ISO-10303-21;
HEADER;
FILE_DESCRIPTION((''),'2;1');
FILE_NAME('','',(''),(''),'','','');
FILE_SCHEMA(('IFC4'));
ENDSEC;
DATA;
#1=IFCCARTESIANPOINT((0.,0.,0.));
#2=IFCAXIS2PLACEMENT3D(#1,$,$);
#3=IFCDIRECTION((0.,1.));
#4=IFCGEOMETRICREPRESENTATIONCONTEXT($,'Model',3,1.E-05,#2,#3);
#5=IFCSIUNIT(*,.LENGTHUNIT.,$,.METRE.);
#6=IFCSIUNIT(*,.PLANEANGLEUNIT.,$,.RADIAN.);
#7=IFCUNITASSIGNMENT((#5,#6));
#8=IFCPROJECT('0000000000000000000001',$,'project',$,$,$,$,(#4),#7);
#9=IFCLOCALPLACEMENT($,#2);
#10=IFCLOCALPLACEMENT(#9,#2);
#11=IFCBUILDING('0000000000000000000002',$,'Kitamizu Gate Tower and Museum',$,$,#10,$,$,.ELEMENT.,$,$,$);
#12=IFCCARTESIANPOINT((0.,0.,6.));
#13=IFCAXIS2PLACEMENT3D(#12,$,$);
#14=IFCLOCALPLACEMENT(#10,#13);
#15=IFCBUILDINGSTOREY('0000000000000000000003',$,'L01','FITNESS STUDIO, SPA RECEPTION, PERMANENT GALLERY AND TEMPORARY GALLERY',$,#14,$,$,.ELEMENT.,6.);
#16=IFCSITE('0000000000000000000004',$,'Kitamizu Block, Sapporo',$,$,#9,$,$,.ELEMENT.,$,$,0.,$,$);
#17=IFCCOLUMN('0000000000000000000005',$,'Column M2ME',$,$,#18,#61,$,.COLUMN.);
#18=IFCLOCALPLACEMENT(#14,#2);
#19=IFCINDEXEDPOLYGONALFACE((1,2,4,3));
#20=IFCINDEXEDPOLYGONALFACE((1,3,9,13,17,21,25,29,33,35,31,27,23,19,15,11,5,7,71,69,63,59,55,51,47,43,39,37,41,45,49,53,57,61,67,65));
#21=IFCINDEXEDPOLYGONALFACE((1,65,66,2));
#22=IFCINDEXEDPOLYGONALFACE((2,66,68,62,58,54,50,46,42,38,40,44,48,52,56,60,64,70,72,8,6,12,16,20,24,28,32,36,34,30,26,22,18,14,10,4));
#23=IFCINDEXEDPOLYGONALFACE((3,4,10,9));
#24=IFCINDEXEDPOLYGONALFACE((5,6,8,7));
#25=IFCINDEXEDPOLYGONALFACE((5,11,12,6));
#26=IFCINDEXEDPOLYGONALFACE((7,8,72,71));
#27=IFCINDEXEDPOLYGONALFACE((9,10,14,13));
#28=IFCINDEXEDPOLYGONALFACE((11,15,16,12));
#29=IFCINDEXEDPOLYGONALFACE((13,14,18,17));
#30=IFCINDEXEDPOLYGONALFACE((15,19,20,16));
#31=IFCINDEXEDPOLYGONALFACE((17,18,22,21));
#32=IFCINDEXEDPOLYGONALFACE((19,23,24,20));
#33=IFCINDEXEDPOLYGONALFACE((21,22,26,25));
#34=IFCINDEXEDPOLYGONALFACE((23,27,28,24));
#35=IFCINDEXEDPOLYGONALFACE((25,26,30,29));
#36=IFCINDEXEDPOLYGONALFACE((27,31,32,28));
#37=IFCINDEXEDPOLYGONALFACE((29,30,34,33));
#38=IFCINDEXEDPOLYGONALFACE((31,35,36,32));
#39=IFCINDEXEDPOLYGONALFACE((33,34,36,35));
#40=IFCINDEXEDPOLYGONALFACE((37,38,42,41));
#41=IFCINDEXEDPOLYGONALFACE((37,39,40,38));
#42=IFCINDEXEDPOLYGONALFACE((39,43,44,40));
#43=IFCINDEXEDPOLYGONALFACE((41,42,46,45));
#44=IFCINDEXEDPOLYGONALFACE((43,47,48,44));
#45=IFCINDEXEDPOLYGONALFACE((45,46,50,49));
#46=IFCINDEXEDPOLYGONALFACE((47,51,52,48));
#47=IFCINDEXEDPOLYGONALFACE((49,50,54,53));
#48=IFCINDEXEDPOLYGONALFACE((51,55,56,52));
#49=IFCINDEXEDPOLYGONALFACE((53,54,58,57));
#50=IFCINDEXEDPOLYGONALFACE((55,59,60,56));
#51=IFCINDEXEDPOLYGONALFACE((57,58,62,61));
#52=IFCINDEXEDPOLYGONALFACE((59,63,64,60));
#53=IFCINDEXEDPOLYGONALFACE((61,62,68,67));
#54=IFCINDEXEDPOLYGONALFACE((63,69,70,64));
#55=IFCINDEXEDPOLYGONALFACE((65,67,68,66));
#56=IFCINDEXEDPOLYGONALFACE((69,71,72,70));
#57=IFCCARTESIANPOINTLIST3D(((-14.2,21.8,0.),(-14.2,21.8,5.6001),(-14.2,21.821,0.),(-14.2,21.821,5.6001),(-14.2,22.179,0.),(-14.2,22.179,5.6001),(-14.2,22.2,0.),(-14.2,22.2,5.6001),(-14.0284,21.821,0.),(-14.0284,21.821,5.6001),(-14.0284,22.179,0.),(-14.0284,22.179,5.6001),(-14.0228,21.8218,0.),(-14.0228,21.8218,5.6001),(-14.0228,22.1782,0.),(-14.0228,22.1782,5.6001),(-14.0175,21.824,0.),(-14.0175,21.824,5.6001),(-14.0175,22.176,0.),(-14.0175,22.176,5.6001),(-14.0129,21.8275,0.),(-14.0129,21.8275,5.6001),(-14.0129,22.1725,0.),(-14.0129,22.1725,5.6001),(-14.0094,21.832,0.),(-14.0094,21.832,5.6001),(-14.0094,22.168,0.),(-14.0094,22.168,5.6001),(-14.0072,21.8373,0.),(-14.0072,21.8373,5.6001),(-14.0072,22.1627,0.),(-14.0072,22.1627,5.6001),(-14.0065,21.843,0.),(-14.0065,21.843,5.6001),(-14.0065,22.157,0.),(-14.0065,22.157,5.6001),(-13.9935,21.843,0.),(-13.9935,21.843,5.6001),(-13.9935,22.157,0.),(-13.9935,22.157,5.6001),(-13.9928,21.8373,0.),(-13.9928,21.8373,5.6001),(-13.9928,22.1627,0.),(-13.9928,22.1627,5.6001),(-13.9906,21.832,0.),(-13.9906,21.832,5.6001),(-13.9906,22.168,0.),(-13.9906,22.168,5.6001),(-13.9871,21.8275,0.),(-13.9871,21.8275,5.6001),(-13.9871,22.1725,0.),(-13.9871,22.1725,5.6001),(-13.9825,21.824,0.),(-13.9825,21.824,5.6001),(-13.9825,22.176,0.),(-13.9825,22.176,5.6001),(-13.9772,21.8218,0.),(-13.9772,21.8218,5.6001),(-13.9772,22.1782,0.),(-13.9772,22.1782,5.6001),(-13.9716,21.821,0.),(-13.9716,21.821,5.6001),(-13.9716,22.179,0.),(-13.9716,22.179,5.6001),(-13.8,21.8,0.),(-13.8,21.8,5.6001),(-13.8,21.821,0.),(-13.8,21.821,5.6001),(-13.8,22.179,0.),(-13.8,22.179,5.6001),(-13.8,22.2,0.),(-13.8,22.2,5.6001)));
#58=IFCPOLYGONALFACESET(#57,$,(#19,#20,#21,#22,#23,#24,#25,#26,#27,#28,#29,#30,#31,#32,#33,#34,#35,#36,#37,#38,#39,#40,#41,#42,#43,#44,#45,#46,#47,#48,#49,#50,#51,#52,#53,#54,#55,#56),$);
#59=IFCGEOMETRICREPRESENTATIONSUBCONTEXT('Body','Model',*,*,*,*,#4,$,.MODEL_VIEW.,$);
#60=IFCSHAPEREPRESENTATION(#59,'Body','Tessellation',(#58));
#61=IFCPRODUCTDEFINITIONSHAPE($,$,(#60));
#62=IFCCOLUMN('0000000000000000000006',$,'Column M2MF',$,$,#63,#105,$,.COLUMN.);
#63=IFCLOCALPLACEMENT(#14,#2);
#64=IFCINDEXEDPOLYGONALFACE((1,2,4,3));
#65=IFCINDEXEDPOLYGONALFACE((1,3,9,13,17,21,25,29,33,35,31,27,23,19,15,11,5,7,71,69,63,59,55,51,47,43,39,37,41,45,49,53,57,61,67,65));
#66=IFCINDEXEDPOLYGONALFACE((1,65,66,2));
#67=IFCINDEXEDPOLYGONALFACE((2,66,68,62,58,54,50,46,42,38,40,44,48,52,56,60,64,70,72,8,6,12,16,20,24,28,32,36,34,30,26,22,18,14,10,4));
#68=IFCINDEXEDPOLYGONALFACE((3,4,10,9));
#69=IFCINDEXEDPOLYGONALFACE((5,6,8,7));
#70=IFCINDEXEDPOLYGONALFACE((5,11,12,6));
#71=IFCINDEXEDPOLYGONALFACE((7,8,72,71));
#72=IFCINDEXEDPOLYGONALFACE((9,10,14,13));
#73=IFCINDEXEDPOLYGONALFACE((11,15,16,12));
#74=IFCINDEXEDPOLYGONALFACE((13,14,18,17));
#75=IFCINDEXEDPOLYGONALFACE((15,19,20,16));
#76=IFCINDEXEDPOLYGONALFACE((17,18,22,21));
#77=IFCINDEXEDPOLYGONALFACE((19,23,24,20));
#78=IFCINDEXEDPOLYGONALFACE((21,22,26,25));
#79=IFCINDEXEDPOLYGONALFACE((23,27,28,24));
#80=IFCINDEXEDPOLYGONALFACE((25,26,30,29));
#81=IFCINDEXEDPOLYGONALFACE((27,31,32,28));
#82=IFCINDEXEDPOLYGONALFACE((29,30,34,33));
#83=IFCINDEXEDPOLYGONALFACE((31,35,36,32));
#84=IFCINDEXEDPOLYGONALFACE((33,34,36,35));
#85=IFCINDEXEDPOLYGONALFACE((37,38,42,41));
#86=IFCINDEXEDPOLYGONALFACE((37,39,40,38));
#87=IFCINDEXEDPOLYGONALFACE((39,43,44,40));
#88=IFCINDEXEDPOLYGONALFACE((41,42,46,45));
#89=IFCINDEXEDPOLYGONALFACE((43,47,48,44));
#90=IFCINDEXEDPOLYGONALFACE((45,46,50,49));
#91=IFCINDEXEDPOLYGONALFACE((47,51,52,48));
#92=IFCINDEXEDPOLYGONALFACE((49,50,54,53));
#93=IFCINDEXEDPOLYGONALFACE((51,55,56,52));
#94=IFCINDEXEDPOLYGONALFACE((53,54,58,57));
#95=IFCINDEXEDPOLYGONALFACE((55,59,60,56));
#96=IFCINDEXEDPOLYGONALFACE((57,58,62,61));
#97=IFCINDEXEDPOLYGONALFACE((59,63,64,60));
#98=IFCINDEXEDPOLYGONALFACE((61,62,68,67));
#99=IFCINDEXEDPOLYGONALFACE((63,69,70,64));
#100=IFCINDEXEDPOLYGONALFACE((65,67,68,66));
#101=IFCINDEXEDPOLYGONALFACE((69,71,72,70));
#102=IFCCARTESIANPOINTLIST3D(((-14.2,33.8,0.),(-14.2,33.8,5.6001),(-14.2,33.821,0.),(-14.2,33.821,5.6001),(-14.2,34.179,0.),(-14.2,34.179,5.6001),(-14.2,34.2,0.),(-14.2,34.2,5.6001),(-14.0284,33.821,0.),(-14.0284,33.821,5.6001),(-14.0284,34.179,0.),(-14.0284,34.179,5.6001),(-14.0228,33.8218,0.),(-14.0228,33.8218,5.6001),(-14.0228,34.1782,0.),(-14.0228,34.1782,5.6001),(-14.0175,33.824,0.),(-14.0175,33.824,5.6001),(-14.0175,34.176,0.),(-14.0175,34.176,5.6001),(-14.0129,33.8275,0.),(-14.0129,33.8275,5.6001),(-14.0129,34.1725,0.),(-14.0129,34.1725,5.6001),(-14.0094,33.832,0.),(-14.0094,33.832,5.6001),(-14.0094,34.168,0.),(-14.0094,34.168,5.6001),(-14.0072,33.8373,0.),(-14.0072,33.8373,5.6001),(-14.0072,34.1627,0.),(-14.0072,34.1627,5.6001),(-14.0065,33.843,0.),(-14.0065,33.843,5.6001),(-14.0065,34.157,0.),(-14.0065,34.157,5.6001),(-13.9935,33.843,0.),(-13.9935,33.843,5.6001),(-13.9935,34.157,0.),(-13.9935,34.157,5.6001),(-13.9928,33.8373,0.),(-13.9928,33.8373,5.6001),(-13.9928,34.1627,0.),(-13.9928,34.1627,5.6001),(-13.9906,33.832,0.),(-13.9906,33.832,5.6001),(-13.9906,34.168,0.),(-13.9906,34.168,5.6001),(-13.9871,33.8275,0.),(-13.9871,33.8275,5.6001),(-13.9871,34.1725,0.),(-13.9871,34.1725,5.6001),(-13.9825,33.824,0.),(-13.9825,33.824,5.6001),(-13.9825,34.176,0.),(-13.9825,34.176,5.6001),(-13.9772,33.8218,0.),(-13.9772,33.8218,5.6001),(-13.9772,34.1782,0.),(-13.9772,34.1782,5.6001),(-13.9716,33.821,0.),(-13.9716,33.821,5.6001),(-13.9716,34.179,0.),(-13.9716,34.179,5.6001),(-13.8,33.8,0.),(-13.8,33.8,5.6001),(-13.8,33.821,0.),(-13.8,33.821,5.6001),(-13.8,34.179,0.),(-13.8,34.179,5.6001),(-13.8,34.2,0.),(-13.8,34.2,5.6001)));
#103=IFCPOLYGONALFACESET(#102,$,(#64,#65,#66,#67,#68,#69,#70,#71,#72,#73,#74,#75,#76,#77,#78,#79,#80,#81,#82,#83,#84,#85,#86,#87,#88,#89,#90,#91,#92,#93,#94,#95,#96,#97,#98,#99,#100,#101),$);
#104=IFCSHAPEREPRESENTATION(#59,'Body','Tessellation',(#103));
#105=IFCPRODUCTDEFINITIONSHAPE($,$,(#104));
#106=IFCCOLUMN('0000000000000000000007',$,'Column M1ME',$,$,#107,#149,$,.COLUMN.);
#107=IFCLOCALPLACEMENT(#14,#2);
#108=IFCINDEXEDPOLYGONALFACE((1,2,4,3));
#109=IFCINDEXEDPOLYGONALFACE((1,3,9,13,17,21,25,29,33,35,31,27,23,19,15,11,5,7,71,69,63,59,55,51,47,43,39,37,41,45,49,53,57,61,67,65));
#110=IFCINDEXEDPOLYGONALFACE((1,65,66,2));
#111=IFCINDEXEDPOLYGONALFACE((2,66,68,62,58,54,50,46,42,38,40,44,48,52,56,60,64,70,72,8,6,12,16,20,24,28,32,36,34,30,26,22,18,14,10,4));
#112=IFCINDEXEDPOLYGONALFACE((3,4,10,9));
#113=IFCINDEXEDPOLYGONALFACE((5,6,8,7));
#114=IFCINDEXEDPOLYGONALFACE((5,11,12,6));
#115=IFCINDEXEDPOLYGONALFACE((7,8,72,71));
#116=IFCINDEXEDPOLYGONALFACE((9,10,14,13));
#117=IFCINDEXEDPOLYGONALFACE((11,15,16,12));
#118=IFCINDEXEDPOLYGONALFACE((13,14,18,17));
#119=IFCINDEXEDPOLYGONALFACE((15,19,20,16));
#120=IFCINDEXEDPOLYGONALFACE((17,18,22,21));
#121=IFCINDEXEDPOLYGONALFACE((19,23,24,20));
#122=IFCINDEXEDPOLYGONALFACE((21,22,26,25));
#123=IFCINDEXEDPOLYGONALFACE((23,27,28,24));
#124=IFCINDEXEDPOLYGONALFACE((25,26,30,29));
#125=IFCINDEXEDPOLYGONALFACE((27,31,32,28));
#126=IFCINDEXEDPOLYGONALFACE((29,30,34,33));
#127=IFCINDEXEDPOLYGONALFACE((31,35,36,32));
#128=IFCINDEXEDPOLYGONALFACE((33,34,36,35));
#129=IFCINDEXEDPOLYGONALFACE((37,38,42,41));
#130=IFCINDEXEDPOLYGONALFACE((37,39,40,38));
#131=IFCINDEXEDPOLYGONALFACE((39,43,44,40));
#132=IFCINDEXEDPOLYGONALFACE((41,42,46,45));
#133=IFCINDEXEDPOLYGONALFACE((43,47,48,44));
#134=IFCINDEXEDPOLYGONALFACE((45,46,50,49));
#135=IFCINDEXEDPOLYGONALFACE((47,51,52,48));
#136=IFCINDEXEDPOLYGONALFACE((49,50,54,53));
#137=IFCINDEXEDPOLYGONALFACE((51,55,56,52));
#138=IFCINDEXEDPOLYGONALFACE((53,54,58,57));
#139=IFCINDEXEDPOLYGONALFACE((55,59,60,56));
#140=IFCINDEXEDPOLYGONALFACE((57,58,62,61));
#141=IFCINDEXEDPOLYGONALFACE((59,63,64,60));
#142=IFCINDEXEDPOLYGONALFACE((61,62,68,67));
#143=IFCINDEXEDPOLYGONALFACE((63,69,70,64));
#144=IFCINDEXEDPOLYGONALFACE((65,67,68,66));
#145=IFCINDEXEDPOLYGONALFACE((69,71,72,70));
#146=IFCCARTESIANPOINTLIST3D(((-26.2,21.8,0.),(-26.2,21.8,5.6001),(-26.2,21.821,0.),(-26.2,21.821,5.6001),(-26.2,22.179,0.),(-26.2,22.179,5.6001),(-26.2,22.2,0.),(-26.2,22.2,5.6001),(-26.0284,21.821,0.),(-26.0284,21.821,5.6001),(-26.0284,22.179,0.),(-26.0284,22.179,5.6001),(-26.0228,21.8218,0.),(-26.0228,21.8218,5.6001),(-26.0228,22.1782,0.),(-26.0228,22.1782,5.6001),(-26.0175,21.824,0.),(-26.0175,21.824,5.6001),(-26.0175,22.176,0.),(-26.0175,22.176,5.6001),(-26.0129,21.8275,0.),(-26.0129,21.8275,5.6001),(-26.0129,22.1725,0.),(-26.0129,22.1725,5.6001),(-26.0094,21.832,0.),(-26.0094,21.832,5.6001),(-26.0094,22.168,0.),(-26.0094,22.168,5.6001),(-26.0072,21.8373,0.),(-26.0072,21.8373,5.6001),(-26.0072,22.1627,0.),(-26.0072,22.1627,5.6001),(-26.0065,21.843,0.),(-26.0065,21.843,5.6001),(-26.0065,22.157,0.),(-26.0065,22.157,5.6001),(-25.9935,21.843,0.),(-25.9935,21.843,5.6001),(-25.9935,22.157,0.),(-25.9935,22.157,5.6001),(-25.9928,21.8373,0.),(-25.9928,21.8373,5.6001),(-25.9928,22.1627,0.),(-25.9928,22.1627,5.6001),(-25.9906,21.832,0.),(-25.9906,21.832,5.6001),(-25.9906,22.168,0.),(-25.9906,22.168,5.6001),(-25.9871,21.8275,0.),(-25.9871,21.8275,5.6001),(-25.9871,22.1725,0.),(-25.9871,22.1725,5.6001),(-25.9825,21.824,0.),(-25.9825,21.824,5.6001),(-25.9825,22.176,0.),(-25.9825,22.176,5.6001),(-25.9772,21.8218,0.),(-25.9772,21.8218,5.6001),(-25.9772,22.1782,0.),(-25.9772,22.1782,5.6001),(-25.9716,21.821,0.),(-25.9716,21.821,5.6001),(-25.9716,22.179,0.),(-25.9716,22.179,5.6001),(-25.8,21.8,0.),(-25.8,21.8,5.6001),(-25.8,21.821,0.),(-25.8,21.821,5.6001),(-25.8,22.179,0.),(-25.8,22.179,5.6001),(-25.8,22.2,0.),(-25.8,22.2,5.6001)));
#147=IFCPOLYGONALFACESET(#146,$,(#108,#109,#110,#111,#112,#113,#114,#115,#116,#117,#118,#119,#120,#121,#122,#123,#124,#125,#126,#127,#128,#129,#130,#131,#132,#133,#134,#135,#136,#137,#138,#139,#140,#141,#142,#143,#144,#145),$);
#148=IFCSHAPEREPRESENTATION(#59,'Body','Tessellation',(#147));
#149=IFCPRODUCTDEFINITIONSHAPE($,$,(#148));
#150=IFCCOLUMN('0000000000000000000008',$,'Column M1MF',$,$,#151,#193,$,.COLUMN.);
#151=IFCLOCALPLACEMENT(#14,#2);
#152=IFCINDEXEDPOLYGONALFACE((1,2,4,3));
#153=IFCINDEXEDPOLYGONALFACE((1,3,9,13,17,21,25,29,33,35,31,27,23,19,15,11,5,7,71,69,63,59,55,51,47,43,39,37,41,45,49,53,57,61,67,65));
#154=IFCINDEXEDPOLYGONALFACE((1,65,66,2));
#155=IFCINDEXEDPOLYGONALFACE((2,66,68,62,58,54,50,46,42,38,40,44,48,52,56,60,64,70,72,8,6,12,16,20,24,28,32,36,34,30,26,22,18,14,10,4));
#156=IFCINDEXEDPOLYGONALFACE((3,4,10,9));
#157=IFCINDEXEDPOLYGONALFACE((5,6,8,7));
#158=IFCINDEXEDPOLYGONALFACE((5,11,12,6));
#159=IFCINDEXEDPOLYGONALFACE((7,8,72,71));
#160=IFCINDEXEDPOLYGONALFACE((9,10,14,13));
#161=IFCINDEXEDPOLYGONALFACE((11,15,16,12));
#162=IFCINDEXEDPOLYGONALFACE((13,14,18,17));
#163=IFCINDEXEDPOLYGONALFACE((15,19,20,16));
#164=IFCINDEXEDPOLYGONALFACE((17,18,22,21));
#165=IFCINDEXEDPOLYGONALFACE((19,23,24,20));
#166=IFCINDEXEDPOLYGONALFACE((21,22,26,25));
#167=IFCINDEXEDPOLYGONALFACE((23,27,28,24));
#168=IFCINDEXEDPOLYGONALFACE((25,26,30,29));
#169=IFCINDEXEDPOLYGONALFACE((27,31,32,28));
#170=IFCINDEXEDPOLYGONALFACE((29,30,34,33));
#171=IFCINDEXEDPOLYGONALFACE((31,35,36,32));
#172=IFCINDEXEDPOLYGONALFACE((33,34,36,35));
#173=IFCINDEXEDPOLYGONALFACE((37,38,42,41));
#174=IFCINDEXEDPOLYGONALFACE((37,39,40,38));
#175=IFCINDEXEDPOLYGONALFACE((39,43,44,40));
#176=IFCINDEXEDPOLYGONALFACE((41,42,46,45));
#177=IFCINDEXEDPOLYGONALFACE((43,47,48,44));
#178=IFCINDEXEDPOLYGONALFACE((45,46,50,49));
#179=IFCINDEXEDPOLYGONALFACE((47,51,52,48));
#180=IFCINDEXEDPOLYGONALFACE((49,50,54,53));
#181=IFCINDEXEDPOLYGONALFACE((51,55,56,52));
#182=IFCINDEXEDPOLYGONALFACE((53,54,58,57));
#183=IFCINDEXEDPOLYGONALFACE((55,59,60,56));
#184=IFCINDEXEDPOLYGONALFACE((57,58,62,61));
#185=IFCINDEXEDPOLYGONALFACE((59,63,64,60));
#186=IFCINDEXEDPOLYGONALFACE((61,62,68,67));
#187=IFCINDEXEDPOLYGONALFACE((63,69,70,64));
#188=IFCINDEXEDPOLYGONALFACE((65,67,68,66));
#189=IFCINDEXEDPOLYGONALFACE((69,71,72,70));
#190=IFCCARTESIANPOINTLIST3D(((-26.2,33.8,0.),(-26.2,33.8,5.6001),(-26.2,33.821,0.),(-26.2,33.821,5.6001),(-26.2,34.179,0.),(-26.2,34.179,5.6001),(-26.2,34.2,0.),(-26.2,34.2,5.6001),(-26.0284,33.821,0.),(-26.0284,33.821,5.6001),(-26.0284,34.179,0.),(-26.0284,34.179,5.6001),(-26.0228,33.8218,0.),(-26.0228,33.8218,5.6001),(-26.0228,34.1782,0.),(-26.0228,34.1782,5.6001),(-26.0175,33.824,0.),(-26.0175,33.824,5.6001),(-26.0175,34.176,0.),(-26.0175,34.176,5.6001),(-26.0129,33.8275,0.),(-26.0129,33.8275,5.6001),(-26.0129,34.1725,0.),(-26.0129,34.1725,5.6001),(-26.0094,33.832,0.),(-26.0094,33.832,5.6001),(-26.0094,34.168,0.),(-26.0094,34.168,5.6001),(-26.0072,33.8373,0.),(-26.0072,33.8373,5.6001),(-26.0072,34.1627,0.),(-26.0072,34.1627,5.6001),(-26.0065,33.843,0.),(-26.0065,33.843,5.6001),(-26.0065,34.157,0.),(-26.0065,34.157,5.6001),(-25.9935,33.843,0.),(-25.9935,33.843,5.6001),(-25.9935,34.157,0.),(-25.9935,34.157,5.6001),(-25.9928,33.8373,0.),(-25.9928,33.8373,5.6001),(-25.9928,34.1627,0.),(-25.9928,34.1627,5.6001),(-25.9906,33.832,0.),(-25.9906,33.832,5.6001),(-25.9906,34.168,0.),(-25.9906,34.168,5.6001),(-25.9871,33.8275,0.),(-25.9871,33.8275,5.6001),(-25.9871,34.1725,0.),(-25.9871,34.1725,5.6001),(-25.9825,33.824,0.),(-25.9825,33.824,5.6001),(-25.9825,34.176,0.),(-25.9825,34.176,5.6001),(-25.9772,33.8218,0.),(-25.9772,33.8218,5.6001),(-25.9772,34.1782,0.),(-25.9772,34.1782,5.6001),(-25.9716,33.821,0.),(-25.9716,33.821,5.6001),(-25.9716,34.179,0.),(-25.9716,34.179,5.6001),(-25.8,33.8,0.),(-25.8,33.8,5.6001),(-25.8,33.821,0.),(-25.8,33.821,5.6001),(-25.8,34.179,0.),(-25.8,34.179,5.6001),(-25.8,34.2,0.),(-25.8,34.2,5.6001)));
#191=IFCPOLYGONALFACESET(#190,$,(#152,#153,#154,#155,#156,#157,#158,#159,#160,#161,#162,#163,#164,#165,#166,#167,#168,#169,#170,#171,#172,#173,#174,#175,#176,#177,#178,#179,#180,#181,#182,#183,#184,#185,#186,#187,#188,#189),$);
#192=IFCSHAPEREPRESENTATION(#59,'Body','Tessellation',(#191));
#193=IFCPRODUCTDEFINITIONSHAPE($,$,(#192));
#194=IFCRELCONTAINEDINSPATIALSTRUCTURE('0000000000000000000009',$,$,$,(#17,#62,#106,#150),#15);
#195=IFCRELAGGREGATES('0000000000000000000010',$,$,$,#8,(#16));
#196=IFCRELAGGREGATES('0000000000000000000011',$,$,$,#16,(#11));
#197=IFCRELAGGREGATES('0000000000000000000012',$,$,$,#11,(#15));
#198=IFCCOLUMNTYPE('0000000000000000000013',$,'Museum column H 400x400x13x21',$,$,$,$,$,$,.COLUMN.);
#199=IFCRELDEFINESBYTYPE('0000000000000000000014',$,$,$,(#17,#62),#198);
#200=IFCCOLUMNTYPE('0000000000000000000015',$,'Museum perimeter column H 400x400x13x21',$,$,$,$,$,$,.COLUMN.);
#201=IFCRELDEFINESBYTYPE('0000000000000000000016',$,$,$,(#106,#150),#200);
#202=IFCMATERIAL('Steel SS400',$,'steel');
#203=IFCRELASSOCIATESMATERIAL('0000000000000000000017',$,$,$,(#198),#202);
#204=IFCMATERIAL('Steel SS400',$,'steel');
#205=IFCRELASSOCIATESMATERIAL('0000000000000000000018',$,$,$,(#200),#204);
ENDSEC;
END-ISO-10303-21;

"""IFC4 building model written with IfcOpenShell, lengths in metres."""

from ifc_helpers import new_model, si_unit, direction, frame, origin, origin_2d, place, context, subcontext, project, spatial, i_section, extrude, material, material_profile, profile_set, type_object, element, save


model = new_model("IFC4")

# Units and contexts
model_context = context("Model", 3, precision=1e-05, world=origin(), true_north=direction((0.0, 1.0)))
body_context = subcontext(model_context, "Body", "Model", "MODEL_VIEW")
ifc_project = project(units=[si_unit("LENGTHUNIT", "METRE"), si_unit("PLANEANGLEUNIT", "RADIAN")], contexts=[model_context])

# Site, building, storey
site_placement = place(None, origin())
site = spatial("IfcSite", under=ifc_project, at=site_placement, Name="Kitamizu Block, Sapporo", CompositionType="ELEMENT", RefElevation=0.0)
building_placement = place(site_placement, origin())
building = spatial("IfcBuilding", under=site, at=building_placement, Name="Kitamizu Gate Tower and Museum", CompositionType="ELEMENT")
storey_placement = place(building_placement, frame((0.0, 0.0, 6.0)))
storey = spatial("IfcBuildingStorey", under=building, at=storey_placement, Name="L01", Description="FITNESS STUDIO, SPA RECEPTION, PERMANENT GALLERY AND TEMPORARY GALLERY", CompositionType="ELEMENT", Elevation=6.0)

# Columns
ifc_material_1 = material(Name="Steel SS400", Category="steel")
ifc_material_profile_1 = material_profile(ifc_material_1, i_section(OverallWidth=0.3999, OverallDepth=0.3999, WebThickness=0.0129, FlangeThickness=0.021, FilletRadius=0.022, at=origin_2d()), Name="H-400x400x13x21")
ifc_profile_set_1 = profile_set([ifc_material_profile_1], Name="Steel SS400")
column_type_1 = type_object("IfcColumnType", Name="Museum column H 400x400x13x21", PredefinedType="COLUMN", material=ifc_profile_set_1)
for number, where, z_axis, x_axis, name in (
    (1, (-14.0, 22.0, 0.0), (0.0, 0.0, 1.0), (1.0, 0.0, 0.0), "Column M2ME"),
    (2, (-14.0, 34.0, 0.0), (0.0, 0.0, 1.0), (1.0, 0.0, 0.0), "Column M2MF"),
):
    element("IfcColumn", number, at=place(storey_placement, frame(where, z_axis=z_axis, x_axis=x_axis)), inside=storey, type_object=column_type_1, Name=name, PredefinedType="COLUMN", context=body_context, shape_type="SweptSolid", body=[
        extrude(i_section(OverallWidth=0.3999, OverallDepth=0.3999, WebThickness=0.0129, FlangeThickness=0.021, FilletRadius=0.022, at=origin_2d()), origin(), (0.0, 0.0, 1.0), 5.6001),
    ])
ifc_material_2 = material(Name="Steel SS400", Category="steel")
ifc_material_profile_2 = material_profile(ifc_material_2, i_section(OverallWidth=0.3999, OverallDepth=0.3999, WebThickness=0.0129, FlangeThickness=0.021, FilletRadius=0.022, at=origin_2d()), Name="H-400x400x13x21")
ifc_profile_set_2 = profile_set([ifc_material_profile_2], Name="Steel SS400")
column_type_2 = type_object("IfcColumnType", Name="Museum perimeter column H 400x400x13x21", PredefinedType="COLUMN", material=ifc_profile_set_2)
for number, where, z_axis, x_axis, name in (
    (3, (-26.0, 22.0, 0.0), (0.0, 0.0, 1.0), (1.0, 0.0, 0.0), "Column M1ME"),
    (4, (-26.0, 34.0, 0.0), (0.0, 0.0, 1.0), (1.0, 0.0, 0.0), "Column M1MF"),
):
    element("IfcColumn", number, at=place(storey_placement, frame(where, z_axis=z_axis, x_axis=x_axis)), inside=storey, type_object=column_type_2, Name=name, PredefinedType="COLUMN", context=body_context, shape_type="SweptSolid", body=[
        extrude(i_section(OverallWidth=0.3999, OverallDepth=0.3999, WebThickness=0.0129, FlangeThickness=0.021, FilletRadius=0.022, at=origin_2d()), origin(), (0.0, 0.0, 1.0), 5.6001),
    ])

save(model, "model.ifc")
